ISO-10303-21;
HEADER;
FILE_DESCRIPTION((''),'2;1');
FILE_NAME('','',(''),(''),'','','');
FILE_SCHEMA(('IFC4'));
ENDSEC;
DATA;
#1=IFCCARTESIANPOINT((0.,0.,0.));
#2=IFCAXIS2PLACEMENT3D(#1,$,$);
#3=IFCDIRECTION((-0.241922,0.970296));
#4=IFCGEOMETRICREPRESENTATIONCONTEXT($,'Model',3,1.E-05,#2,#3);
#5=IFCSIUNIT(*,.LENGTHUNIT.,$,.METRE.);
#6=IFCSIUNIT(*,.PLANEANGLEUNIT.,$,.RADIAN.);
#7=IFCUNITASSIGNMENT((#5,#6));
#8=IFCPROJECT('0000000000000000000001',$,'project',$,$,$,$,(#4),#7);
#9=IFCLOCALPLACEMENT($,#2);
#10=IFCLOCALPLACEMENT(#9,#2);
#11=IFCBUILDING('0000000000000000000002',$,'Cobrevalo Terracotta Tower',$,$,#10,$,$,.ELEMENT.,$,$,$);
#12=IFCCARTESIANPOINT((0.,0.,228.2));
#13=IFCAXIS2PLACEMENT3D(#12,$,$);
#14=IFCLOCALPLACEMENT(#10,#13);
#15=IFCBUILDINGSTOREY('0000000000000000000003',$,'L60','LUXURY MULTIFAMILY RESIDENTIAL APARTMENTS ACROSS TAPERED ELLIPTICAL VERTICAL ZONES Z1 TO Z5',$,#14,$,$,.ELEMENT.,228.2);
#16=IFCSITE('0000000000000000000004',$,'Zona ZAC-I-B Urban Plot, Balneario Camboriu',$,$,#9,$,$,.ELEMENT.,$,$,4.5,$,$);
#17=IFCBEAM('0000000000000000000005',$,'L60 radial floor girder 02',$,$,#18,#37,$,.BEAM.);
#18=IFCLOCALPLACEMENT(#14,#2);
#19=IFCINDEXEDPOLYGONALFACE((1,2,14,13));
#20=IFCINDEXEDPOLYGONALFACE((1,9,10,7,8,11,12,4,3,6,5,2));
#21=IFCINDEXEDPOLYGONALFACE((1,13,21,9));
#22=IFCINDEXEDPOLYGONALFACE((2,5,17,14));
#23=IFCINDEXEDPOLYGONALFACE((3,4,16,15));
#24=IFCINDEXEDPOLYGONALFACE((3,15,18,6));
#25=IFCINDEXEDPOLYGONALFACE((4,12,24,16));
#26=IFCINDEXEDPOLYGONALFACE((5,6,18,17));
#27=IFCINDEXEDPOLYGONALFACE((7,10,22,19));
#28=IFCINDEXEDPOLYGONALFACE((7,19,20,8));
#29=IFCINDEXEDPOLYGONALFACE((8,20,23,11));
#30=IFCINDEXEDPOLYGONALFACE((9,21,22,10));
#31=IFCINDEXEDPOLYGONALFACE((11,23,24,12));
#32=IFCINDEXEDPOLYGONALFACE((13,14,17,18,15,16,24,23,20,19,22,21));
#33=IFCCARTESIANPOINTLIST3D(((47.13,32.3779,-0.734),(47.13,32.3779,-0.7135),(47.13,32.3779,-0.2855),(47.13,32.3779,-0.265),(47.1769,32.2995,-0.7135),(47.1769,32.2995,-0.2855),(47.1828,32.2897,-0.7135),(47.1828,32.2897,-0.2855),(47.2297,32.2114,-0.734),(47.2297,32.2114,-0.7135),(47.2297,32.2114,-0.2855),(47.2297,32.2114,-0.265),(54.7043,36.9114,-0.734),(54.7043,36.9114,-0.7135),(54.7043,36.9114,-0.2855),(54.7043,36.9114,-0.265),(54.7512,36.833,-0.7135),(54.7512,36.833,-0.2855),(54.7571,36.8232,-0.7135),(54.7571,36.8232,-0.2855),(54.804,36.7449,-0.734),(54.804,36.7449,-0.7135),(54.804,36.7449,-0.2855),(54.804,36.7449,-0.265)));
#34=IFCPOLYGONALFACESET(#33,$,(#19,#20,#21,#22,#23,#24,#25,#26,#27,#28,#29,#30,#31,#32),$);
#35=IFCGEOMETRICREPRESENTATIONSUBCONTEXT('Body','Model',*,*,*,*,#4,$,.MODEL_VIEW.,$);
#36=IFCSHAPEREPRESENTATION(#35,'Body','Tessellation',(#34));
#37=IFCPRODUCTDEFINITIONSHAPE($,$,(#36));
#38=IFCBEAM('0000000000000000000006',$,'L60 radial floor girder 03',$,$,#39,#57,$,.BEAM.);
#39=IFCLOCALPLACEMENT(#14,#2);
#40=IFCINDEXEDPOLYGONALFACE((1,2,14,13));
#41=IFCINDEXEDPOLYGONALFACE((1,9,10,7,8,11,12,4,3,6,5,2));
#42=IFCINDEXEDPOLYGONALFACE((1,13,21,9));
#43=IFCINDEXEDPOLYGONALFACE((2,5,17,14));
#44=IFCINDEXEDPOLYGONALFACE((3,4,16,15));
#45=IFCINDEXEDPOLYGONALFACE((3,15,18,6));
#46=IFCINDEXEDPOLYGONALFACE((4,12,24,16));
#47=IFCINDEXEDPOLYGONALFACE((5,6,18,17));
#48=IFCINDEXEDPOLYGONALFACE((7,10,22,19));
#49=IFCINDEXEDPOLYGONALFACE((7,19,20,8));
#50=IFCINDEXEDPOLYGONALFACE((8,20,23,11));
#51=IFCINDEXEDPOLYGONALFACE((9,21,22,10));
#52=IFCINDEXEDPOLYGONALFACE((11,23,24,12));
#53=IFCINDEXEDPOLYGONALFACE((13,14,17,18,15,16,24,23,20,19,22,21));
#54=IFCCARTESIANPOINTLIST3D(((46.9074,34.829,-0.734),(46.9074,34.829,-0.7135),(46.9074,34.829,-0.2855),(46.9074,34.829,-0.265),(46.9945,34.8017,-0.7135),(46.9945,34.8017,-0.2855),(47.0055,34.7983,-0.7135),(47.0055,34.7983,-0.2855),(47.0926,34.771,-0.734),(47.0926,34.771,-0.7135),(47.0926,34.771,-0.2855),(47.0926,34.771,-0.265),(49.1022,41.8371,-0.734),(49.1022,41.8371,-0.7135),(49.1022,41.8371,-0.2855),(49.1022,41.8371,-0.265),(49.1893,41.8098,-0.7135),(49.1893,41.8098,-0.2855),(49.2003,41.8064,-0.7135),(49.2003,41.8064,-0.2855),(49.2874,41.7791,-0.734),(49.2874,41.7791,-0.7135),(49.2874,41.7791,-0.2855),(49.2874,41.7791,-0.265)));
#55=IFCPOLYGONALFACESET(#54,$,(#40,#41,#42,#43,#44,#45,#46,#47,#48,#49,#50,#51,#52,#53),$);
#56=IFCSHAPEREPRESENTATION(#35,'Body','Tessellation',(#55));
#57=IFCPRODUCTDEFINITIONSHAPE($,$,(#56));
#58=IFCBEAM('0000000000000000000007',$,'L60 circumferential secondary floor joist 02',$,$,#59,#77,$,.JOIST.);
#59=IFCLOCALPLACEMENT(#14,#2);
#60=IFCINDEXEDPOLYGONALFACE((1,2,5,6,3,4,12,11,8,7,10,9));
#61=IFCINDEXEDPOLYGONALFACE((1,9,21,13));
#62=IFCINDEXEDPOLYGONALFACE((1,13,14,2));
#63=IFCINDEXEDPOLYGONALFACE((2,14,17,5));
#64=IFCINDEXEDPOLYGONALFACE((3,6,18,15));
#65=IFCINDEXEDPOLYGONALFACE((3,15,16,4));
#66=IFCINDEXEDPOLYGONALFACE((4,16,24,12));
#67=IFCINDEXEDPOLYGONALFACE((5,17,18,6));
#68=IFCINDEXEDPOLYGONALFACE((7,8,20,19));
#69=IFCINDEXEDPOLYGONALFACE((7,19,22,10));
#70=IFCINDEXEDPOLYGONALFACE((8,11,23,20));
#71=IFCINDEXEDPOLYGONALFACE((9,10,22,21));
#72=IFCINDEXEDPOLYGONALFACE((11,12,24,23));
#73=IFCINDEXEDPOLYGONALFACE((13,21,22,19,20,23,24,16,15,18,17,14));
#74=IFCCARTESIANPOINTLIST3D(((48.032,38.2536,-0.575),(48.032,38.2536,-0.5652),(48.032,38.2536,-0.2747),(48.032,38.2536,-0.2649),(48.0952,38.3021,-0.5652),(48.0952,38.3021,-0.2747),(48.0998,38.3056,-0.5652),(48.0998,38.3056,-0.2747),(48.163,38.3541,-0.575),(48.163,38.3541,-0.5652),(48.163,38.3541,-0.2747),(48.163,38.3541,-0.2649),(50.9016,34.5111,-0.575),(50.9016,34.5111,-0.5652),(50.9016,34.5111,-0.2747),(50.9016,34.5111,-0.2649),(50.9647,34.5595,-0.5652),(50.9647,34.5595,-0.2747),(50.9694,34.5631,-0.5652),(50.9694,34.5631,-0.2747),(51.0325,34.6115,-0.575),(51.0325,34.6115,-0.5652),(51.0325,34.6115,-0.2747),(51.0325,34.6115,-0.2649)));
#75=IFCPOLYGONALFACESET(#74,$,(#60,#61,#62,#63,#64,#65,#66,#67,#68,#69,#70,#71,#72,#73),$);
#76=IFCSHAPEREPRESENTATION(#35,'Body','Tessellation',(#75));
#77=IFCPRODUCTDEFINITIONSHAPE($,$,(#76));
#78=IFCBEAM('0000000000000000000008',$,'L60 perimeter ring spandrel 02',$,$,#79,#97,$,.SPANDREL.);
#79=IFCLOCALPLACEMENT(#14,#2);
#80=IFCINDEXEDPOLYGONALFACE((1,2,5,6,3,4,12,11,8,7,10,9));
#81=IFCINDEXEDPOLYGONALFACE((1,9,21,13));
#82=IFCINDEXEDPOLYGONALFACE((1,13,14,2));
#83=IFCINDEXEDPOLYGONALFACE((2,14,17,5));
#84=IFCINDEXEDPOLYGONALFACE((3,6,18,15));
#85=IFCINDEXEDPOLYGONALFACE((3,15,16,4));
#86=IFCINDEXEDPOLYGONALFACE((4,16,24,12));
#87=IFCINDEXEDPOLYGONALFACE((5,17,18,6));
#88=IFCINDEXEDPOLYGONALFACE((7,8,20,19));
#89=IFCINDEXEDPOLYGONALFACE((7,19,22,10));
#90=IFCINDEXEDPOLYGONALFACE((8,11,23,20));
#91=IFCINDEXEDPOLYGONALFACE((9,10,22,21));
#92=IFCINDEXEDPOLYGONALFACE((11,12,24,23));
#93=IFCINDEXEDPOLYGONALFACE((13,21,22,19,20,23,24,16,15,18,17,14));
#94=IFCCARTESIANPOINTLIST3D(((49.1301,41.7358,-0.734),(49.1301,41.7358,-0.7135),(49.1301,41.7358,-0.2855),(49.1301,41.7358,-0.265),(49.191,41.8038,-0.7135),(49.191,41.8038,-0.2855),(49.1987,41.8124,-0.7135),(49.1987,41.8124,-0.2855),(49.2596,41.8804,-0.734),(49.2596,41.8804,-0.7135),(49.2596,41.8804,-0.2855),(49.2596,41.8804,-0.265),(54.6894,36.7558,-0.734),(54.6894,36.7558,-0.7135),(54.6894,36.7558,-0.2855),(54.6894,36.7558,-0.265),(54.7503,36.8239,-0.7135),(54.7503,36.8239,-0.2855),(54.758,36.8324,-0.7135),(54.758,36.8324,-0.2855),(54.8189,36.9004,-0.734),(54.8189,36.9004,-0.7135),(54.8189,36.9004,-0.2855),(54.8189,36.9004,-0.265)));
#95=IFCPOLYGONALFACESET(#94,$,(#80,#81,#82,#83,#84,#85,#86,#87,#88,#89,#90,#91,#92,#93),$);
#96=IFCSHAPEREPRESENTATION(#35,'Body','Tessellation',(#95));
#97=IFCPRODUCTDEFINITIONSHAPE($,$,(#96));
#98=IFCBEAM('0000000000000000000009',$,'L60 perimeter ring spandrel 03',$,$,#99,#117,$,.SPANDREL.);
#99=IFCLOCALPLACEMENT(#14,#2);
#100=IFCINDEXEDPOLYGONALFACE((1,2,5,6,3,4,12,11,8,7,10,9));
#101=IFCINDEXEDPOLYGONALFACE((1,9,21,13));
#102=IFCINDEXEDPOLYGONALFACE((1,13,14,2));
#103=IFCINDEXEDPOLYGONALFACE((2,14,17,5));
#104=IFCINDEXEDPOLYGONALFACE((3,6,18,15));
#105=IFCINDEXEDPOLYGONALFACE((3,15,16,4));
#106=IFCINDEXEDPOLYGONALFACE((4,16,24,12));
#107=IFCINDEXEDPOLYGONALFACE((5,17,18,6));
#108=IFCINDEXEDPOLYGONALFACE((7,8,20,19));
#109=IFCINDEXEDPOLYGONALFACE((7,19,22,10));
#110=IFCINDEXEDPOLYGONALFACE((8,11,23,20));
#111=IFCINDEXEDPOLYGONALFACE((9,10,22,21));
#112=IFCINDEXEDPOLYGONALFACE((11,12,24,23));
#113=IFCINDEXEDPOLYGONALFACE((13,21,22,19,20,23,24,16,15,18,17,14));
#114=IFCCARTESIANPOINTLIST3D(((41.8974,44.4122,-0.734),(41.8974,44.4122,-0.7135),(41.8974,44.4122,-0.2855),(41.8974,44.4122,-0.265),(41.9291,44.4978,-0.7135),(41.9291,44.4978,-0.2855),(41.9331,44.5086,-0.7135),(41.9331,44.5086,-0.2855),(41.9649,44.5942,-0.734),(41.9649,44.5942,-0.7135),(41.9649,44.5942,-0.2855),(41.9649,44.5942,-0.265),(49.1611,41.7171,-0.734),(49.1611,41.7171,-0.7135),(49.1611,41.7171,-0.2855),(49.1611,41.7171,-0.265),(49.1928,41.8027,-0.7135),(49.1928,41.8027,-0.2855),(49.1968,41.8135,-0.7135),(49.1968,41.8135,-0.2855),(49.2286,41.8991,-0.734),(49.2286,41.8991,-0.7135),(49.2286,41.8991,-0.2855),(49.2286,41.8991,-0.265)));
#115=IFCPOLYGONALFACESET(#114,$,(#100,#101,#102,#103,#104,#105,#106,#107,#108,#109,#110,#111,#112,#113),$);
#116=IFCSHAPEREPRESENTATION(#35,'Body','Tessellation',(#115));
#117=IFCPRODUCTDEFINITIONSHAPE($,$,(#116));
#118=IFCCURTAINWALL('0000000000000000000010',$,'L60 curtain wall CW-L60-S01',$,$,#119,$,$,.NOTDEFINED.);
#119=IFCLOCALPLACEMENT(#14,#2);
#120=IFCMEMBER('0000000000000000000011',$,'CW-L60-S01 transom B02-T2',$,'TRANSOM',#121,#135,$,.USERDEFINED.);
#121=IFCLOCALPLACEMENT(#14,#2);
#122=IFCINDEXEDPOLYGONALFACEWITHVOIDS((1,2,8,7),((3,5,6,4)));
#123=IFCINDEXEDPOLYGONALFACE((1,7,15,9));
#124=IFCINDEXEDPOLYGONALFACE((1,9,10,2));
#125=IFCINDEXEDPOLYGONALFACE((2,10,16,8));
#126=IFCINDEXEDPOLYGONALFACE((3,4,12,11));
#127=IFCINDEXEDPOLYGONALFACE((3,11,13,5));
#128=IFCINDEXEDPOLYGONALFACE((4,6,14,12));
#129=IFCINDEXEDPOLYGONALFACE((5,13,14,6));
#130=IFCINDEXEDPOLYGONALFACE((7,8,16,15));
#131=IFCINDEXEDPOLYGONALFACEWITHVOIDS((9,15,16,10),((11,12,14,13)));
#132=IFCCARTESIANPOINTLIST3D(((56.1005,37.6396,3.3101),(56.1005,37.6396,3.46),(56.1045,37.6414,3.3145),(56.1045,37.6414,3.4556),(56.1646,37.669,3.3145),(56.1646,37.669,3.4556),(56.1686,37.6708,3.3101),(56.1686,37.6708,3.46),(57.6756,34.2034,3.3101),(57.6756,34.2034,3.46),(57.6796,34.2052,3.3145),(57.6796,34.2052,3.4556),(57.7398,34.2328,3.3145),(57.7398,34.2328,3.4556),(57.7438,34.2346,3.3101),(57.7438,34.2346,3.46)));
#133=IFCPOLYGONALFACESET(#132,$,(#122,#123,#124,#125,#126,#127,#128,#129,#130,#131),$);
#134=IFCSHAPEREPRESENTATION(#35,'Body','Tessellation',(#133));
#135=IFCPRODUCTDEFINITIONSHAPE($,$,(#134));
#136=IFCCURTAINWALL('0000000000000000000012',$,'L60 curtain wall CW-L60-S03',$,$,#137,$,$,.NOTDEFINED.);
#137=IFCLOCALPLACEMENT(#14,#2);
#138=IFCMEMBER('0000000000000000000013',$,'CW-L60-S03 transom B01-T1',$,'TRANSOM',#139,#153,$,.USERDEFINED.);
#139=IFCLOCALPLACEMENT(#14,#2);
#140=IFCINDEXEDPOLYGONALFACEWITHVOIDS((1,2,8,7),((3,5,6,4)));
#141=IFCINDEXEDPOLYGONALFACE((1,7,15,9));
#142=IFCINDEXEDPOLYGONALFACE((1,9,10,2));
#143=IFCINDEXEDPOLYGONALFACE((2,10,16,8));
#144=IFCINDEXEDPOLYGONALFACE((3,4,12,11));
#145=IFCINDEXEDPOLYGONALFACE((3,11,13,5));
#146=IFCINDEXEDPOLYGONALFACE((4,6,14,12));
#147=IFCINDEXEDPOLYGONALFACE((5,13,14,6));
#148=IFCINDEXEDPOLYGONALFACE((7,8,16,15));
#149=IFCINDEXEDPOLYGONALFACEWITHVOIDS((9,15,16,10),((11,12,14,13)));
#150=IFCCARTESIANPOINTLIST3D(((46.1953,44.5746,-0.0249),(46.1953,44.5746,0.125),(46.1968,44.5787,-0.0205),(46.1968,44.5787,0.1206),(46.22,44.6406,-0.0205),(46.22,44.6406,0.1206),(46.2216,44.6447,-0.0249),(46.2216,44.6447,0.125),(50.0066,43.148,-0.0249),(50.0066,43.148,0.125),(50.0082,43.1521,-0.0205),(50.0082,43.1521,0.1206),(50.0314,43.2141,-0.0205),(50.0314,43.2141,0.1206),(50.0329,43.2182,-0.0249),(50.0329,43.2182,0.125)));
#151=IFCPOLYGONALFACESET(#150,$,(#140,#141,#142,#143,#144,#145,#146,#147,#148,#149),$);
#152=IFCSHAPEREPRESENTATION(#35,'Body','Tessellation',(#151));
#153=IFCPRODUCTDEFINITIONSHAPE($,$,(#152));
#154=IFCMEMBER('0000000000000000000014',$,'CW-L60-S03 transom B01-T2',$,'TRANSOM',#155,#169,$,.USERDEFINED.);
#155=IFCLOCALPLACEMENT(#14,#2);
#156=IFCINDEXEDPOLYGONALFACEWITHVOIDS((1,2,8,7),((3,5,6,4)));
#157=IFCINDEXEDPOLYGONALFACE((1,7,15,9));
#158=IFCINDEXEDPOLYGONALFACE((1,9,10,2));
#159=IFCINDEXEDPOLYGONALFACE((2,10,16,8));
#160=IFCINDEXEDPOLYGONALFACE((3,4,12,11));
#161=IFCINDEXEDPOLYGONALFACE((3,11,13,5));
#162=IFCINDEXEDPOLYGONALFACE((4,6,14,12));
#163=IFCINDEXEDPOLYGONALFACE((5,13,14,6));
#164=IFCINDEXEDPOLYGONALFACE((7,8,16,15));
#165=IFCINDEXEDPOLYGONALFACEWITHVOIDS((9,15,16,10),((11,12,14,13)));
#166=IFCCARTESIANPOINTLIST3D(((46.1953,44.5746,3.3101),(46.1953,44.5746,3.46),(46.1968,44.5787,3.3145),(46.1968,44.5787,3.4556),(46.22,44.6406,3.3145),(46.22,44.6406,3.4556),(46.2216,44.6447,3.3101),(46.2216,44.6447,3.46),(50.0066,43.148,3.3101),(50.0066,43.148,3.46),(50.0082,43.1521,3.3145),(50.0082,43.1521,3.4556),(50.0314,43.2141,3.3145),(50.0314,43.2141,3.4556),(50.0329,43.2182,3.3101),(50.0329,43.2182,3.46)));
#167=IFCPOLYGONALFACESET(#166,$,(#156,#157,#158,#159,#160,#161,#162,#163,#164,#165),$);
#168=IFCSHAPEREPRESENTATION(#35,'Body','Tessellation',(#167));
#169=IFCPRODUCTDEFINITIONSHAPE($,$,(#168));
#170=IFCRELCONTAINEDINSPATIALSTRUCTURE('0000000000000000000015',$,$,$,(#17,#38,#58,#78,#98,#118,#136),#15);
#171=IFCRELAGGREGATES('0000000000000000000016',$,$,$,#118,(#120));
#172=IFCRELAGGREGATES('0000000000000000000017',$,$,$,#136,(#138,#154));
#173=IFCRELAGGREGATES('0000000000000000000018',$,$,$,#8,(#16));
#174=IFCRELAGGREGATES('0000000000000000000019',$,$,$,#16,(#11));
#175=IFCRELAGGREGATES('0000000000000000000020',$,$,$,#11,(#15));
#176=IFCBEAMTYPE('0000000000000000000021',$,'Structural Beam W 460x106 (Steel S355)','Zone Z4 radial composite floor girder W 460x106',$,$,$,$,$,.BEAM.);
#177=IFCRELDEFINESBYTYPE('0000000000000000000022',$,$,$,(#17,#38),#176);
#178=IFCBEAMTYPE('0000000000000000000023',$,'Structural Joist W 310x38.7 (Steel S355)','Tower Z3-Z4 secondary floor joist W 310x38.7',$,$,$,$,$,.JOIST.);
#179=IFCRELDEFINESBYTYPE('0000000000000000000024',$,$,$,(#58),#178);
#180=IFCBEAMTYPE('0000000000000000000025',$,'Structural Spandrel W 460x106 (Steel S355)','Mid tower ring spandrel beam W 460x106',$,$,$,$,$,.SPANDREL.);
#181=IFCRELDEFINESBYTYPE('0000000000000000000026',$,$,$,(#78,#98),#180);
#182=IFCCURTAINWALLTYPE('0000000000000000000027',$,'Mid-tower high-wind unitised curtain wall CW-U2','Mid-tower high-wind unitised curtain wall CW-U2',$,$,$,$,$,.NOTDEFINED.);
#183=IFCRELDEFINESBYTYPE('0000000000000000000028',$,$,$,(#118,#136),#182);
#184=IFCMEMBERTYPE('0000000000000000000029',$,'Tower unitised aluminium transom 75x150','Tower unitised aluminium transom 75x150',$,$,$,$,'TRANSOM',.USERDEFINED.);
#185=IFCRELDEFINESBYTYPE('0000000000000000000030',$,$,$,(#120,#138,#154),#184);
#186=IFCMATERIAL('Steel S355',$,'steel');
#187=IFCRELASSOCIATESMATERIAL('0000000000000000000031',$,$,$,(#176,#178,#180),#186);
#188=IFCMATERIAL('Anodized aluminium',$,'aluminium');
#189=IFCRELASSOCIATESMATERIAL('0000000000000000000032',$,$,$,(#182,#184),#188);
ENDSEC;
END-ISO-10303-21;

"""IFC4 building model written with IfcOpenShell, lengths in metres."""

from ifc_helpers import new_model, si_unit, direction, frame, origin, origin_2d, place, context, subcontext, project, spatial, hollow_rectangle, i_section, extrude, source, transform, mapped, material, material_profile, profile_set, type_object, element, aggregate, save


model = new_model("IFC4")

# Units and contexts
model_context = context("Model", 3, precision=1e-05, world=origin(), true_north=direction((-0.241922, 0.970296)))
body_context = subcontext(model_context, "Body", "Model", "MODEL_VIEW")
ifc_project = project(units=[si_unit("LENGTHUNIT", "METRE"), si_unit("PLANEANGLEUNIT", "RADIAN")], contexts=[model_context])

# Site, building, storey
site_placement = place(None, origin())
site = spatial("IfcSite", under=ifc_project, at=site_placement, Name="Zona ZAC-I-B Urban Plot, Balneario Camboriu", CompositionType="ELEMENT", RefElevation=4.5)
building_placement = place(site_placement, origin())
building = spatial("IfcBuilding", under=site, at=building_placement, Name="Cobrevalo Terracotta Tower", CompositionType="ELEMENT")
storey_placement = place(building_placement, frame((0.0, 0.0, 228.2)))
storey = spatial("IfcBuildingStorey", under=building, at=storey_placement, Name="L60", Description="LUXURY MULTIFAMILY RESIDENTIAL APARTMENTS ACROSS TAPERED ELLIPTICAL VERTICAL ZONES Z1 TO Z5", CompositionType="ELEMENT", Elevation=228.2)

# Shared definitions
ifc_material_1 = material(Name="Steel S355", Category="steel")

# Beams
ifc_material_profile_1 = material_profile(ifc_material_1, i_section(OverallWidth=0.1941, OverallDepth=0.469, WebThickness=0.0115, FlangeThickness=0.0205, at=origin_2d()), Name="W 460x106")
ifc_profile_set_1 = profile_set([ifc_material_profile_1], Name="Steel S355")
beam_type_1 = type_object("IfcBeamType", Name="Structural Beam W 460x106 (Steel S355)", Description="Zone Z4 radial composite floor girder W 460x106", PredefinedType="BEAM", material=ifc_profile_set_1)
beam_1_placement = place(storey_placement, frame((54.7542, 36.8281, -0.4995), z_axis=(-0.858046, -0.513572, 0.0), x_axis=(0.513572, -0.858046, 0.0)))
element("IfcBeam", 1, at=beam_1_placement, inside=storey, type_object=beam_type_1, Name="L60 radial floor girder 02", PredefinedType="BEAM", context=body_context, shape_type="SweptSolid", body=[
    extrude(i_section(OverallWidth=0.1941, OverallDepth=0.469, WebThickness=0.0115, FlangeThickness=0.0205, at=origin_2d()), origin(), (0.0, 0.0, 1.0), 8.8274),
])
beam_2_placement = place(storey_placement, frame((49.1948, 41.8081, -0.4995), z_axis=(-0.298871, -0.954293, 0.0), x_axis=(0.954293, -0.298871, 0.0)))
element("IfcBeam", 2, at=beam_2_placement, inside=storey, type_object=beam_type_1, Name="L60 radial floor girder 03", PredefinedType="BEAM", context=body_context, shape_type="SweptSolid", body=[
    extrude(i_section(OverallWidth=0.1941, OverallDepth=0.469, WebThickness=0.0115, FlangeThickness=0.0205, at=origin_2d()), origin(), (0.0, 0.0, 1.0), 7.3438),
])
ifc_material_profile_2 = material_profile(ifc_material_1, i_section(OverallWidth=0.165, OverallDepth=0.3101, WebThickness=0.0059, FlangeThickness=0.0098, at=origin_2d()), Name="W 310x38.7")
ifc_profile_set_2 = profile_set([ifc_material_profile_2], Name="Steel S355")
beam_type_2 = type_object("IfcBeamType", Name="Structural Joist W 310x38.7 (Steel S355)", Description="Tower Z3-Z4 secondary floor joist W 310x38.7", PredefinedType="JOIST", material=ifc_profile_set_2)
beam_3_placement = place(storey_placement, frame((50.967, 34.5613, -0.4199), z_axis=(-0.608464, 0.793581, 0.0), x_axis=(-0.793581, -0.608464, 0.0)))
element("IfcBeam", 3, at=beam_3_placement, inside=storey, type_object=beam_type_2, Name="L60 circumferential secondary floor joist 02", PredefinedType="JOIST", context=body_context, shape_type="SweptSolid", body=[
    extrude(i_section(OverallWidth=0.165, OverallDepth=0.3101, WebThickness=0.0059, FlangeThickness=0.0098, at=origin_2d()), origin(), (0.0, 0.0, 1.0), 4.7161),
])
ifc_material_profile_3 = material_profile(ifc_material_1, i_section(OverallWidth=0.1941, OverallDepth=0.469, WebThickness=0.0115, FlangeThickness=0.0205, at=origin_2d()), Name="W 460x106")
ifc_profile_set_3 = profile_set([ifc_material_profile_3], Name="Steel S355")
beam_type_3 = type_object("IfcBeamType", Name="Structural Spandrel W 460x106 (Steel S355)", Description="Mid tower ring spandrel beam W 460x106", PredefinedType="SPANDREL", material=ifc_profile_set_3)
beam_4_placement = place(storey_placement, frame((54.7542, 36.8281, -0.4995), z_axis=(-0.744852, 0.66723, 0.0), x_axis=(-0.66723, -0.744852, 0.0)))
element("IfcBeam", 4, at=beam_4_placement, inside=storey, type_object=beam_type_3, Name="L60 perimeter ring spandrel 02", PredefinedType="SPANDREL", context=body_context, shape_type="SweptSolid", body=[
    extrude(i_section(OverallWidth=0.1941, OverallDepth=0.469, WebThickness=0.0115, FlangeThickness=0.0205, at=origin_2d()), origin(), (0.0, 0.0, 1.0), 7.4636),
])
beam_5_placement = place(storey_placement, frame((49.1948, 41.8081, -0.4995), z_axis=(-0.937546, 0.347861, 0.0), x_axis=(-0.347861, -0.937546, 0.0)))
element("IfcBeam", 5, at=beam_5_placement, inside=storey, type_object=beam_type_3, Name="L60 perimeter ring spandrel 03", PredefinedType="SPANDREL", context=body_context, shape_type="SweptSolid", body=[
    extrude(i_section(OverallWidth=0.1941, OverallDepth=0.469, WebThickness=0.0115, FlangeThickness=0.0205, at=origin_2d()), origin(), (0.0, 0.0, 1.0), 7.7476),
])

# Curtain wall, member
ifc_material_2 = material(Name="Anodized aluminium", Category="aluminium")
curtain_wall_type = type_object("IfcCurtainWallType", Name="Mid-tower high-wind unitised curtain wall CW-U2", Description="Mid-tower high-wind unitised curtain wall CW-U2", PredefinedType="NOTDEFINED", material=ifc_material_2)
curtain_wall_1_placement = place(storey_placement, origin())
curtain_wall_1 = element("IfcCurtainWall", 6, at=curtain_wall_1_placement, inside=storey, type_object=curtain_wall_type, Name="L60 curtain wall CW-L60-S01", PredefinedType="NOTDEFINED")
ifc_material_profile_4 = material_profile(ifc_material_2, hollow_rectangle(XDim=0.075, YDim=0.1499, WallThickness=0.0044, at=origin_2d()), Name="CWT 75x150")
ifc_profile_set_4 = profile_set([ifc_material_profile_4], Name="Anodized aluminium")
member_type_1 = type_object("IfcMemberType", Name="Tower unitised aluminium transom 75x150", Description="Tower unitised aluminium transom 75x150", ElementType="TRANSOM", PredefinedType="USERDEFINED", material=ifc_profile_set_4)
shared_shape_1 = source(origin(), body_context, "Body", "SweptSolid", [
    extrude(hollow_rectangle(XDim=0.075, YDim=0.1499, WallThickness=0.0044, at=origin_2d()), origin(), (0.0, 0.0, 1.0), 3.78),
])
member_1_placement = place(storey_placement, frame((57.7097, 34.219, 3.385), z_axis=(-0.416706, 0.909041, 0.0), x_axis=(-0.909041, -0.416706, 0.0)))
member_1 = element("IfcMember", 7, at=member_1_placement, type_object=member_type_1, Name="CW-L60-S01 transom B02-T2", ObjectType="TRANSOM", PredefinedType="USERDEFINED", context=body_context, shape_type="MappedRepresentation", body=[
    mapped(shared_shape_1, transform((0.0, 0.0, 0.0), scale=1.0)),
])

# Curtain wall, members
curtain_wall_2_placement = place(storey_placement, origin())
curtain_wall_2 = element("IfcCurtainWall", 8, at=curtain_wall_2_placement, inside=storey, type_object=curtain_wall_type, Name="L60 curtain wall CW-L60-S03", PredefinedType="NOTDEFINED")
shared_shape_2 = source(origin(), body_context, "Body", "SweptSolid", [
    extrude(hollow_rectangle(XDim=0.075, YDim=0.1499, WallThickness=0.0044, at=origin_2d()), origin(), (0.0, 0.0, 1.0), 4.0696),
])
member_2_placement = place(storey_placement, frame((50.0198, 43.1831, 0.05), z_axis=(-0.936548, 0.350538, 0.0), x_axis=(-0.350538, -0.936548, 0.0)))
member_2 = element("IfcMember", 9, at=member_2_placement, type_object=member_type_1, Name="CW-L60-S03 transom B01-T1", ObjectType="TRANSOM", PredefinedType="USERDEFINED", context=body_context, shape_type="MappedRepresentation", body=[
    mapped(shared_shape_2, transform((0.0, 0.0, 0.0), scale=1.0)),
])
member_3_placement = place(storey_placement, frame((50.0198, 43.1831, 3.385), z_axis=(-0.936548, 0.350538, 0.0), x_axis=(-0.350538, -0.936548, 0.0)))
member_3 = element("IfcMember", 10, at=member_3_placement, type_object=member_type_1, Name="CW-L60-S03 transom B01-T2", ObjectType="TRANSOM", PredefinedType="USERDEFINED", context=body_context, shape_type="MappedRepresentation", body=[
    mapped(shared_shape_2, transform((0.0, 0.0, 0.0), scale=1.0)),
])

aggregate(curtain_wall_1, [member_1])
aggregate(curtain_wall_2, [member_2, member_3])

save(model, "model.ifc")
